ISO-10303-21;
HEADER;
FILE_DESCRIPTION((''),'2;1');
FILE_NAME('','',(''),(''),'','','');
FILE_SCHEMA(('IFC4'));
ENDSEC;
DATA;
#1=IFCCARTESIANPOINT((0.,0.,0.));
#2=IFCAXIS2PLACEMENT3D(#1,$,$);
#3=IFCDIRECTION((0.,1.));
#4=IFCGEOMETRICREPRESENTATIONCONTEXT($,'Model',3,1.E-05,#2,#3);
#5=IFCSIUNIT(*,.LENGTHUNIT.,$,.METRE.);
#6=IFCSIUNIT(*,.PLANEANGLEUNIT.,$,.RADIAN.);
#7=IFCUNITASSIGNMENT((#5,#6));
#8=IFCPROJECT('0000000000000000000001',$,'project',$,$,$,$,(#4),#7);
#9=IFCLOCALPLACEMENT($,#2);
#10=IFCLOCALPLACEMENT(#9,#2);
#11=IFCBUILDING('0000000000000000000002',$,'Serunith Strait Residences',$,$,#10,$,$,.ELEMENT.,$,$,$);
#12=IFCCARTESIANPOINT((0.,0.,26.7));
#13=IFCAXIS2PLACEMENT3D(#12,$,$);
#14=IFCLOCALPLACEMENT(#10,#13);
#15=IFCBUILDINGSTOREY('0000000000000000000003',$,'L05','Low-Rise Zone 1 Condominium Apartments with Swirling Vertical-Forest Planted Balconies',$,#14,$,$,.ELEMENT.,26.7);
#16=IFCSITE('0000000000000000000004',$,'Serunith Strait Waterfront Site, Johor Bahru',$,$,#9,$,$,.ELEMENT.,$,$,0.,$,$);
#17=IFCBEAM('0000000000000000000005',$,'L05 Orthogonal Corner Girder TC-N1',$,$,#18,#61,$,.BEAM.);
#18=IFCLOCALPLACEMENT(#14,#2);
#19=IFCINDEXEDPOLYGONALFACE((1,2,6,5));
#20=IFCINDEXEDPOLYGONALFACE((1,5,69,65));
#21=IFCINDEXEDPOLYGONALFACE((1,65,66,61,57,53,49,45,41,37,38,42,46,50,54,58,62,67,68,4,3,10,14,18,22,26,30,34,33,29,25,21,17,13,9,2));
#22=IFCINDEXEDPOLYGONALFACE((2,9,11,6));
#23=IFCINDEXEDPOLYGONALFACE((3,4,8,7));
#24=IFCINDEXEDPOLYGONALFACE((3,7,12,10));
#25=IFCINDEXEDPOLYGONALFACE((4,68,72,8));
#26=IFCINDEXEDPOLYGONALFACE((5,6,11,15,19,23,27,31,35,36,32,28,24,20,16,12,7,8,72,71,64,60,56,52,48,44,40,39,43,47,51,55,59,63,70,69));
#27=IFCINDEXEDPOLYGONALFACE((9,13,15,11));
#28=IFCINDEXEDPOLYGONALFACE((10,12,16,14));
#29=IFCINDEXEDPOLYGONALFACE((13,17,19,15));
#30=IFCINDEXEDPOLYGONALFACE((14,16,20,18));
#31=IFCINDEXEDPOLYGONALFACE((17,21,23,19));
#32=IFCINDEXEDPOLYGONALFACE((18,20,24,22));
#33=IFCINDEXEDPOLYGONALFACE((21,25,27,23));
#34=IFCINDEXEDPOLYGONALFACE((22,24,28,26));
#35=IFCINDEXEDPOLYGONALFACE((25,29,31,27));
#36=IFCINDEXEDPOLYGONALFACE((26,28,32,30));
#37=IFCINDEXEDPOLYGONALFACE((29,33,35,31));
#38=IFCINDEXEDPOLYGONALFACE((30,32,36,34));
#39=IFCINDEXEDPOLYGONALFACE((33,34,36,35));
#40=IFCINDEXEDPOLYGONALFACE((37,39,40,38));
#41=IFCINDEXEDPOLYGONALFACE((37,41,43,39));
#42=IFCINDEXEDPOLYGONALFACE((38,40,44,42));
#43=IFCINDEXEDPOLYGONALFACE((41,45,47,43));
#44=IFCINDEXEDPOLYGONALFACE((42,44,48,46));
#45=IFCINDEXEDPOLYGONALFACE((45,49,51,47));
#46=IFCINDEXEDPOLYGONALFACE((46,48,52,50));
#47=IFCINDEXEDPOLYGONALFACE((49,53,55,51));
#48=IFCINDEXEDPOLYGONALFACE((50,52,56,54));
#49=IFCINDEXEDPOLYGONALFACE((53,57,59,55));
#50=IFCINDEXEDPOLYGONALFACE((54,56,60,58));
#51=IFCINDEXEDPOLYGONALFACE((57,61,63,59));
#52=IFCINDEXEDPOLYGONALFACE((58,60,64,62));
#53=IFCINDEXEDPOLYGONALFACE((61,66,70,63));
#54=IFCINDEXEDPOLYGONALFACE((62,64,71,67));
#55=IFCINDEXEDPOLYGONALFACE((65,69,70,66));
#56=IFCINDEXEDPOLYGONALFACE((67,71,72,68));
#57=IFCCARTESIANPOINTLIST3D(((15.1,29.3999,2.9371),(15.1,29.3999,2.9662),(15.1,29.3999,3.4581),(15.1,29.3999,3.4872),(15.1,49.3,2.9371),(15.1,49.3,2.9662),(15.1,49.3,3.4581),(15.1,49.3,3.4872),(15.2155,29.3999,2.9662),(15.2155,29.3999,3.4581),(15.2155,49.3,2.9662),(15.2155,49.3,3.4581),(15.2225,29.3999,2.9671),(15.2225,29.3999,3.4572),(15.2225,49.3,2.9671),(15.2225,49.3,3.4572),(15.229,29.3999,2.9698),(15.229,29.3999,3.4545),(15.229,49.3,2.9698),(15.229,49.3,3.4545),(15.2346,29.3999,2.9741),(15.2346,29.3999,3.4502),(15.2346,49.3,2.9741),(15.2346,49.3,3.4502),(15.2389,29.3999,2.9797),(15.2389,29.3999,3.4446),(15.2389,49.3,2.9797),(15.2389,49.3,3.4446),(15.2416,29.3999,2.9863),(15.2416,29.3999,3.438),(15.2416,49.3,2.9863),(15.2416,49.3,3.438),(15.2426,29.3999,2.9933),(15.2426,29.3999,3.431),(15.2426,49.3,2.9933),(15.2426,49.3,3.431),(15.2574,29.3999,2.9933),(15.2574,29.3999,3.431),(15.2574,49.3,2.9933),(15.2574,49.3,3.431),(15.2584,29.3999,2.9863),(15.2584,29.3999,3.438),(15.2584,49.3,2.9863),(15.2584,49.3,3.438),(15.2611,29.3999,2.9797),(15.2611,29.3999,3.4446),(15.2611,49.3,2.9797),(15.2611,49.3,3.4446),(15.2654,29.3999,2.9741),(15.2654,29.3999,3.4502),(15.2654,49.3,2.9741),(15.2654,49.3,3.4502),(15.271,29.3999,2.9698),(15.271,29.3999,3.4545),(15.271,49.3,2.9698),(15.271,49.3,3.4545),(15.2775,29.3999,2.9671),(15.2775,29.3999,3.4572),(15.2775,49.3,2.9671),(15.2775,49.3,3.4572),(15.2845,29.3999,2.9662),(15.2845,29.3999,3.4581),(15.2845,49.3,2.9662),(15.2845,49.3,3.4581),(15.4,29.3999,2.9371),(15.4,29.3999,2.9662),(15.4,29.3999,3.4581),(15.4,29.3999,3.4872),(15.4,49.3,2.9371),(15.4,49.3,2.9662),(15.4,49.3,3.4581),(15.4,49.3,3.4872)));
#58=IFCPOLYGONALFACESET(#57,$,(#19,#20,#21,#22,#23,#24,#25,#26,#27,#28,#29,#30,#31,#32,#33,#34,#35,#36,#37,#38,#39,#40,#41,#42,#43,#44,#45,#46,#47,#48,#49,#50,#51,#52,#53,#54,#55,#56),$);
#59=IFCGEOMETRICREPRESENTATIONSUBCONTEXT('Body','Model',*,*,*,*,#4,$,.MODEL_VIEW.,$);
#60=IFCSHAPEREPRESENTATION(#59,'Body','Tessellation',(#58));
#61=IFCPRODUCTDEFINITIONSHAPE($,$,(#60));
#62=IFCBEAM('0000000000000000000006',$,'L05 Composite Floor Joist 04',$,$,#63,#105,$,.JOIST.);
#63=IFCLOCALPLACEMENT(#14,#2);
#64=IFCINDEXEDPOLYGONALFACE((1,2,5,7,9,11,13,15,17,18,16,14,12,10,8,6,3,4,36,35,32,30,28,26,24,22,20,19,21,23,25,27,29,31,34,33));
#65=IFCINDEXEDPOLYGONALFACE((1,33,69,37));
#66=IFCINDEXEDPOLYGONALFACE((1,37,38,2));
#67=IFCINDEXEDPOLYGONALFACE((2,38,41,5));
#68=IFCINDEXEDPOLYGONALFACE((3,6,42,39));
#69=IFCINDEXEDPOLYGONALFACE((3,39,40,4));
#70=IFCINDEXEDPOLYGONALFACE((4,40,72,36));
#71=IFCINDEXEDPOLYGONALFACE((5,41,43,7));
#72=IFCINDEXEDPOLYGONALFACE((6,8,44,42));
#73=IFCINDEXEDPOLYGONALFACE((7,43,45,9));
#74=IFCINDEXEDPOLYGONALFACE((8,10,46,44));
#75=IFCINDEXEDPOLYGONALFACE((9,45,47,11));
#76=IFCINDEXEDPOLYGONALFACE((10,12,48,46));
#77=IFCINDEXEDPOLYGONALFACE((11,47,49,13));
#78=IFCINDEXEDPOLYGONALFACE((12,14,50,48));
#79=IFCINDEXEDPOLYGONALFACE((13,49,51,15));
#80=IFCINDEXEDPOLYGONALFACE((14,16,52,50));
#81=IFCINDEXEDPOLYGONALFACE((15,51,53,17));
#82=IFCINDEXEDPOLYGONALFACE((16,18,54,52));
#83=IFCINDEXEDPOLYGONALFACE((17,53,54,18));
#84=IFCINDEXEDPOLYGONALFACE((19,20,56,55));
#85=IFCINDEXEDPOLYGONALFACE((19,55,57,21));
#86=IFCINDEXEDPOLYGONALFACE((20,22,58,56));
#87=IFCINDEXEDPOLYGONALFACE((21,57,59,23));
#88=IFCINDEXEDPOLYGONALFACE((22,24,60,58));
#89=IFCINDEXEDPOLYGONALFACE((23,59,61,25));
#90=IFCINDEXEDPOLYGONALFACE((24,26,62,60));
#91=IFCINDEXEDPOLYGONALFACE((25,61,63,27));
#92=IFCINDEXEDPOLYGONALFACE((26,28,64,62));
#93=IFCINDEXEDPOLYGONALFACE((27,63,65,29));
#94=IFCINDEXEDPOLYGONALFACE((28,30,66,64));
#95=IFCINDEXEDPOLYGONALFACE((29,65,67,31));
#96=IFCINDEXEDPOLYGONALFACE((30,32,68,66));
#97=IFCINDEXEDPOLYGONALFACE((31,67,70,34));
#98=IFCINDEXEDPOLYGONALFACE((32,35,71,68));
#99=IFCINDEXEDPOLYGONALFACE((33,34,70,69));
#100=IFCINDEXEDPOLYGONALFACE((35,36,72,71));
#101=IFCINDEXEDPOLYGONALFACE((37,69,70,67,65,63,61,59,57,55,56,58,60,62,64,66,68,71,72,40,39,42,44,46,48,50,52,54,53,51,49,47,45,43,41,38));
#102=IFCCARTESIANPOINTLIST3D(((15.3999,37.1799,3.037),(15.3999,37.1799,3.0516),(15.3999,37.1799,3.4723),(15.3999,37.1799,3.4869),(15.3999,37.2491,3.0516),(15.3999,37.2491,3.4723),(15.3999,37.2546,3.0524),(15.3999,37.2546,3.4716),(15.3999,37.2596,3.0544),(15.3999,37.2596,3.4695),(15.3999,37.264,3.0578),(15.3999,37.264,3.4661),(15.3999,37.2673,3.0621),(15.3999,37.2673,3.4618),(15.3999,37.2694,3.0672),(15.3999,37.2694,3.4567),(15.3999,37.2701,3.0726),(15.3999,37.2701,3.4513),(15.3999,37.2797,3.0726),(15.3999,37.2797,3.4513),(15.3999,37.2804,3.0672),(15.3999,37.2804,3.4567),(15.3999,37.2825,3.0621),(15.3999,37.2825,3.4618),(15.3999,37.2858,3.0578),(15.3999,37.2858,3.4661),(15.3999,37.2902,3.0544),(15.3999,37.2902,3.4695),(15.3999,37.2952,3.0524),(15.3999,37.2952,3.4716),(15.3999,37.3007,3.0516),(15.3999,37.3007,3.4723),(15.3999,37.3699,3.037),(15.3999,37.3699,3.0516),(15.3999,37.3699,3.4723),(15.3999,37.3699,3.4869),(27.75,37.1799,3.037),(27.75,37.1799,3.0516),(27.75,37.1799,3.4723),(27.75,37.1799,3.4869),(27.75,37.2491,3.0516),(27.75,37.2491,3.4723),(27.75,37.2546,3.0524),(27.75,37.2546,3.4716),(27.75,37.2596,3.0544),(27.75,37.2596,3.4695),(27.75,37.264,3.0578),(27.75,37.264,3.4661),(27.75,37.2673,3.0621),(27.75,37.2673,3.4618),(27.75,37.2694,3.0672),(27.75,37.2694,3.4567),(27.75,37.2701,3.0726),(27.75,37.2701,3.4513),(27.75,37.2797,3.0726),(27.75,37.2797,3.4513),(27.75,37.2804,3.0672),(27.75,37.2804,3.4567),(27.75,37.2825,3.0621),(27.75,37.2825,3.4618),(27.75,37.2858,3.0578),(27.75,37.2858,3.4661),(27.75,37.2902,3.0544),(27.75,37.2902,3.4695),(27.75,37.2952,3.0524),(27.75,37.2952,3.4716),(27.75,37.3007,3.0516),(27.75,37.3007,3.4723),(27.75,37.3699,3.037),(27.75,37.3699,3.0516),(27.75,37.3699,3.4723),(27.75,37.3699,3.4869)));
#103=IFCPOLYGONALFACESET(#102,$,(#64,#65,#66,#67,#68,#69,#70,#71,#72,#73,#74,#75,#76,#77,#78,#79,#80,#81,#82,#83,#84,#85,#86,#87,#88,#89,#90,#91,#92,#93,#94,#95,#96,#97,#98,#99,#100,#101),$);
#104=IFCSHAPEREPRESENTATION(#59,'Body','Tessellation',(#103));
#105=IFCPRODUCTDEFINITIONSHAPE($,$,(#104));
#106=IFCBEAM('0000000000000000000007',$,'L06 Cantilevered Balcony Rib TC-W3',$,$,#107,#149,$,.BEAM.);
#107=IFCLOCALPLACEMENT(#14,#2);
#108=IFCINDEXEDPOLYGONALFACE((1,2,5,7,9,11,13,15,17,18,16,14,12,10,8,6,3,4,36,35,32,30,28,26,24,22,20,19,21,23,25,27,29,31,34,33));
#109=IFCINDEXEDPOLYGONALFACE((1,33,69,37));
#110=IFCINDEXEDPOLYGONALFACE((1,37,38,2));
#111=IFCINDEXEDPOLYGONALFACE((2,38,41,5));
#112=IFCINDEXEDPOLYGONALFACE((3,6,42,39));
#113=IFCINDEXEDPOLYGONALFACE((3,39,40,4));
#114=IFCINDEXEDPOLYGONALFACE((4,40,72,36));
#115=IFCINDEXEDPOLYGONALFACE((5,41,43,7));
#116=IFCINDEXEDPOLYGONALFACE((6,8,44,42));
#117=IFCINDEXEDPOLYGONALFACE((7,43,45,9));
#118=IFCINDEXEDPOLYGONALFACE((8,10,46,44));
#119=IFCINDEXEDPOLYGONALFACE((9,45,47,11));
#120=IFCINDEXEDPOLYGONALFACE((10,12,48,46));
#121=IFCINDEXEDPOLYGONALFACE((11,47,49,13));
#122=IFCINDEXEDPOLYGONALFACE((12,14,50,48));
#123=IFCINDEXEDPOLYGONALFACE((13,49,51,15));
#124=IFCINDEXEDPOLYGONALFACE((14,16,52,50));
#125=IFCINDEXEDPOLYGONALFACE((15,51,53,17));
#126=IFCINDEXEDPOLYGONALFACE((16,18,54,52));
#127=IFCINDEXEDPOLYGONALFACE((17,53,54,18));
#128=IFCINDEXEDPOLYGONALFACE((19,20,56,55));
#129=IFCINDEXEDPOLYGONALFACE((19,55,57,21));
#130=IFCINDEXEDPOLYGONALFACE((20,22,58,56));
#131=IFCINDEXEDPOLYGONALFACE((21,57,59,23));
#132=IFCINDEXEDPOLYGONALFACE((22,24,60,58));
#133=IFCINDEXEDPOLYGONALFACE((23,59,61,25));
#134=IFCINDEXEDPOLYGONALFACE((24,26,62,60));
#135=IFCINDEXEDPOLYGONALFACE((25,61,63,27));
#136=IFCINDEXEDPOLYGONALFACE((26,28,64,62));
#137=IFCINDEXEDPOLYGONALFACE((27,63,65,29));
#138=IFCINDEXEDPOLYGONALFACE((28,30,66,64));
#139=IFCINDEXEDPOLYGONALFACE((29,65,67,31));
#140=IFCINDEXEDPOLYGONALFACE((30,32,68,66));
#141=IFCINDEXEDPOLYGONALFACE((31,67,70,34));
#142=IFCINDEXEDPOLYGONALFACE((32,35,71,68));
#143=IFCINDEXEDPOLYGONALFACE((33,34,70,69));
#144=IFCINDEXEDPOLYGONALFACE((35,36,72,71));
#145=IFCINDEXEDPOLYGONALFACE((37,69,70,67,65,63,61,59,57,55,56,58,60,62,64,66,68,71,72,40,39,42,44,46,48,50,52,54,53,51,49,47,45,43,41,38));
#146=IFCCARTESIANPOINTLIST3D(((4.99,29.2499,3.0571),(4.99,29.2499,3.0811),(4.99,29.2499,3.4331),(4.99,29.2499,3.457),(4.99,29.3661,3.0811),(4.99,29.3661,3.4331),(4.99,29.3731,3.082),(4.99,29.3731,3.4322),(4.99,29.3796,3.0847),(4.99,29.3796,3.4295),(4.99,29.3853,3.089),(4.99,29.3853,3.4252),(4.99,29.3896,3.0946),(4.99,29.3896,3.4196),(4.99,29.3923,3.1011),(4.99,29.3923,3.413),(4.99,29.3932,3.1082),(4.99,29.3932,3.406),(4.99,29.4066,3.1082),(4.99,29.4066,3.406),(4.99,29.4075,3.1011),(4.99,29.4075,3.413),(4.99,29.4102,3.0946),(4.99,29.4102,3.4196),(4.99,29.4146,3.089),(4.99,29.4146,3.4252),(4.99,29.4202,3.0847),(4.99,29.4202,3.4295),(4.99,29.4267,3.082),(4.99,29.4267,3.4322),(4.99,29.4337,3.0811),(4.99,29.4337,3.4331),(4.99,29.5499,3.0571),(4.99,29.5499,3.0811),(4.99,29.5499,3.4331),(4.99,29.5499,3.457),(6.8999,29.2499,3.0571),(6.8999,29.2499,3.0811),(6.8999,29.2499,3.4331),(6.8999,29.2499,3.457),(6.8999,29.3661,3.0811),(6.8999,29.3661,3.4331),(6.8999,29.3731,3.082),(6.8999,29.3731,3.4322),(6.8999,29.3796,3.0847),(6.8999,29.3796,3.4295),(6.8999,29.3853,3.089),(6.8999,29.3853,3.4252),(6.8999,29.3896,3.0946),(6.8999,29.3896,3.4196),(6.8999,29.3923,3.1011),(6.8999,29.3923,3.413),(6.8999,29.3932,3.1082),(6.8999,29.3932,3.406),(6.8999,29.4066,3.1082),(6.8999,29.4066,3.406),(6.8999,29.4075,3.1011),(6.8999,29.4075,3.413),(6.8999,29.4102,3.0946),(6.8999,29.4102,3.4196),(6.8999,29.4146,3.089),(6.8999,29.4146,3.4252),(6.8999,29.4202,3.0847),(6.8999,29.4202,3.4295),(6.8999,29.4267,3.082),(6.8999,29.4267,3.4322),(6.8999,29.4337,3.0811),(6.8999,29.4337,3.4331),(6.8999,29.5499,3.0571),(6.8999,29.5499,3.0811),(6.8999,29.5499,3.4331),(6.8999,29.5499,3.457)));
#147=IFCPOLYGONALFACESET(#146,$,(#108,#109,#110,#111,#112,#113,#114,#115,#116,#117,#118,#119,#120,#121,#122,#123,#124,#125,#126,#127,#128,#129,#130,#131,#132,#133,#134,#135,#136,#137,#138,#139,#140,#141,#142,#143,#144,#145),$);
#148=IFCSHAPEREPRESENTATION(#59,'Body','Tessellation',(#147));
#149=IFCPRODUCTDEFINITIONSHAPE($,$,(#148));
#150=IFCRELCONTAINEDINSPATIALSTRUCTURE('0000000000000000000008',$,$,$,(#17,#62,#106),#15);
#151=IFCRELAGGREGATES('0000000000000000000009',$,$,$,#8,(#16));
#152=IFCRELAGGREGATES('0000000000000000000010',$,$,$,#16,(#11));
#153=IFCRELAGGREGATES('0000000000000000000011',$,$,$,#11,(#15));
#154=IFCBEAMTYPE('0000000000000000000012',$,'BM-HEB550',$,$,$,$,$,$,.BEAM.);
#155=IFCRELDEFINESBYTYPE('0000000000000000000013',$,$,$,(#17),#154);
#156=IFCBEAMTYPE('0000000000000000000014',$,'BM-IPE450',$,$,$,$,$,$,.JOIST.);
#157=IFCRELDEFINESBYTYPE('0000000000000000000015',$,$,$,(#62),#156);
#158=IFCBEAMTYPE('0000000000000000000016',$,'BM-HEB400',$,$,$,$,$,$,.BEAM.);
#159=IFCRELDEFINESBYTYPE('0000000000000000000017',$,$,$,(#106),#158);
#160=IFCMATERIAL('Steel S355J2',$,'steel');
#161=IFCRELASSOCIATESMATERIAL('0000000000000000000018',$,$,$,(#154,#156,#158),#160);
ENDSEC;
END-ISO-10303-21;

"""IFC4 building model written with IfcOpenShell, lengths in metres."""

from ifc_helpers import new_model, si_unit, direction, frame, origin, origin_2d, place, context, subcontext, project, spatial, i_section, extrude, source, transform, mapped, material, material_profile, profile_set, type_object, element, save


model = new_model("IFC4")

# Units and contexts
model_context = context("Model", 3, precision=1e-05, world=origin(), true_north=direction((0.0, 1.0)))
body_context = subcontext(model_context, "Body", "Model", "MODEL_VIEW")
ifc_project = project(units=[si_unit("LENGTHUNIT", "METRE"), si_unit("PLANEANGLEUNIT", "RADIAN")], contexts=[model_context])

# Site, building, storey
site_placement = place(None, origin())
site = spatial("IfcSite", under=ifc_project, at=site_placement, Name="Serunith Strait Waterfront Site, Johor Bahru", CompositionType="ELEMENT", RefElevation=0.0)
building_placement = place(site_placement, origin())
building = spatial("IfcBuilding", under=site, at=building_placement, Name="Serunith Strait Residences", CompositionType="ELEMENT")
storey_placement = place(building_placement, frame((0.0, 0.0, 26.7)))
storey = spatial("IfcBuildingStorey", under=building, at=storey_placement, Name="L05", Description="Low-Rise Zone 1 Condominium Apartments with Swirling Vertical-Forest Planted Balconies", CompositionType="ELEMENT", Elevation=26.7)

# Beams
ifc_material_1 = material(Name="Steel S355J2", Category="steel")
ifc_material_profile_1 = material_profile(ifc_material_1, i_section(OverallWidth=0.3, OverallDepth=0.55, WebThickness=0.0149, FlangeThickness=0.0291, FilletRadius=0.0271, at=origin_2d()), Name="HEB 550")
ifc_profile_set_1 = profile_set([ifc_material_profile_1], Name="Steel S355J2")
beam_type_1 = type_object("IfcBeamType", Name="BM-HEB550", PredefinedType="BEAM", material=ifc_profile_set_1)
shared_shape_1 = source(origin(), body_context, "Body", "SweptSolid", [
    extrude(i_section(OverallWidth=0.3, OverallDepth=0.55, WebThickness=0.0149, FlangeThickness=0.0291, FilletRadius=0.0271, at=origin_2d()), origin(), (0.0, 0.0, 1.0), 19.9001),
])
beam_1_placement = place(storey_placement, frame((15.25, 29.3999, 3.2122), z_axis=(0.0, 1.0, 0.0), x_axis=(-1.0, 0.0, 0.0)))
element("IfcBeam", 1, at=beam_1_placement, inside=storey, type_object=beam_type_1, Name="L05 Orthogonal Corner Girder TC-N1", PredefinedType="BEAM", context=body_context, shape_type="MappedRepresentation", body=[
    mapped(shared_shape_1, transform((0.0, 0.0, 0.0), scale=1.0)),
])
ifc_material_profile_2 = material_profile(ifc_material_1, i_section(OverallWidth=0.1899, OverallDepth=0.45, WebThickness=0.0095, FlangeThickness=0.0146, FilletRadius=0.021, at=origin_2d()), Name="IPE 450")
ifc_profile_set_2 = profile_set([ifc_material_profile_2], Name="Steel S355J2")
beam_type_2 = type_object("IfcBeamType", Name="BM-IPE450", PredefinedType="JOIST", material=ifc_profile_set_2)
shared_shape_2 = source(origin(), body_context, "Body", "SweptSolid", [
    extrude(i_section(OverallWidth=0.1899, OverallDepth=0.45, WebThickness=0.0095, FlangeThickness=0.0146, FilletRadius=0.021, at=origin_2d()), origin(), (0.0, 0.0, 1.0), 12.3501),
])
beam_2_placement = place(storey_placement, frame((15.3999, 37.2749, 3.262), z_axis=(1.0, 0.0, 0.0), x_axis=(0.0, 1.0, 0.0)))
element("IfcBeam", 2, at=beam_2_placement, inside=storey, type_object=beam_type_2, Name="L05 Composite Floor Joist 04", PredefinedType="JOIST", context=body_context, shape_type="MappedRepresentation", body=[
    mapped(shared_shape_2, transform((0.0, 0.0, 0.0), scale=1.0)),
])
ifc_material_profile_3 = material_profile(ifc_material_1, i_section(OverallWidth=0.3, OverallDepth=0.3999, WebThickness=0.0134, FlangeThickness=0.0239, FilletRadius=0.0271, at=origin_2d()), Name="HEB 400")
ifc_profile_set_3 = profile_set([ifc_material_profile_3], Name="Steel S355J2")
beam_type_3 = type_object("IfcBeamType", Name="BM-HEB400", PredefinedType="BEAM", material=ifc_profile_set_3)
shared_shape_3 = source(origin(), body_context, "Body", "SweptSolid", [
    extrude(i_section(OverallWidth=0.3, OverallDepth=0.3999, WebThickness=0.0134, FlangeThickness=0.0239, FilletRadius=0.0271, at=origin_2d()), origin(), (0.0, 0.0, 1.0), 1.9099),
])
beam_3_placement = place(storey_placement, frame((6.8999, 29.3999, 3.2571), z_axis=(-1.0, 0.0, 0.0), x_axis=(0.0, -1.0, 0.0)))
element("IfcBeam", 3, at=beam_3_placement, inside=storey, type_object=beam_type_3, Name="L06 Cantilevered Balcony Rib TC-W3", PredefinedType="BEAM", context=body_context, shape_type="MappedRepresentation", body=[
    mapped(shared_shape_3, transform((0.0, 0.0, 0.0), scale=1.0)),
])

save(model, "model.ifc")
